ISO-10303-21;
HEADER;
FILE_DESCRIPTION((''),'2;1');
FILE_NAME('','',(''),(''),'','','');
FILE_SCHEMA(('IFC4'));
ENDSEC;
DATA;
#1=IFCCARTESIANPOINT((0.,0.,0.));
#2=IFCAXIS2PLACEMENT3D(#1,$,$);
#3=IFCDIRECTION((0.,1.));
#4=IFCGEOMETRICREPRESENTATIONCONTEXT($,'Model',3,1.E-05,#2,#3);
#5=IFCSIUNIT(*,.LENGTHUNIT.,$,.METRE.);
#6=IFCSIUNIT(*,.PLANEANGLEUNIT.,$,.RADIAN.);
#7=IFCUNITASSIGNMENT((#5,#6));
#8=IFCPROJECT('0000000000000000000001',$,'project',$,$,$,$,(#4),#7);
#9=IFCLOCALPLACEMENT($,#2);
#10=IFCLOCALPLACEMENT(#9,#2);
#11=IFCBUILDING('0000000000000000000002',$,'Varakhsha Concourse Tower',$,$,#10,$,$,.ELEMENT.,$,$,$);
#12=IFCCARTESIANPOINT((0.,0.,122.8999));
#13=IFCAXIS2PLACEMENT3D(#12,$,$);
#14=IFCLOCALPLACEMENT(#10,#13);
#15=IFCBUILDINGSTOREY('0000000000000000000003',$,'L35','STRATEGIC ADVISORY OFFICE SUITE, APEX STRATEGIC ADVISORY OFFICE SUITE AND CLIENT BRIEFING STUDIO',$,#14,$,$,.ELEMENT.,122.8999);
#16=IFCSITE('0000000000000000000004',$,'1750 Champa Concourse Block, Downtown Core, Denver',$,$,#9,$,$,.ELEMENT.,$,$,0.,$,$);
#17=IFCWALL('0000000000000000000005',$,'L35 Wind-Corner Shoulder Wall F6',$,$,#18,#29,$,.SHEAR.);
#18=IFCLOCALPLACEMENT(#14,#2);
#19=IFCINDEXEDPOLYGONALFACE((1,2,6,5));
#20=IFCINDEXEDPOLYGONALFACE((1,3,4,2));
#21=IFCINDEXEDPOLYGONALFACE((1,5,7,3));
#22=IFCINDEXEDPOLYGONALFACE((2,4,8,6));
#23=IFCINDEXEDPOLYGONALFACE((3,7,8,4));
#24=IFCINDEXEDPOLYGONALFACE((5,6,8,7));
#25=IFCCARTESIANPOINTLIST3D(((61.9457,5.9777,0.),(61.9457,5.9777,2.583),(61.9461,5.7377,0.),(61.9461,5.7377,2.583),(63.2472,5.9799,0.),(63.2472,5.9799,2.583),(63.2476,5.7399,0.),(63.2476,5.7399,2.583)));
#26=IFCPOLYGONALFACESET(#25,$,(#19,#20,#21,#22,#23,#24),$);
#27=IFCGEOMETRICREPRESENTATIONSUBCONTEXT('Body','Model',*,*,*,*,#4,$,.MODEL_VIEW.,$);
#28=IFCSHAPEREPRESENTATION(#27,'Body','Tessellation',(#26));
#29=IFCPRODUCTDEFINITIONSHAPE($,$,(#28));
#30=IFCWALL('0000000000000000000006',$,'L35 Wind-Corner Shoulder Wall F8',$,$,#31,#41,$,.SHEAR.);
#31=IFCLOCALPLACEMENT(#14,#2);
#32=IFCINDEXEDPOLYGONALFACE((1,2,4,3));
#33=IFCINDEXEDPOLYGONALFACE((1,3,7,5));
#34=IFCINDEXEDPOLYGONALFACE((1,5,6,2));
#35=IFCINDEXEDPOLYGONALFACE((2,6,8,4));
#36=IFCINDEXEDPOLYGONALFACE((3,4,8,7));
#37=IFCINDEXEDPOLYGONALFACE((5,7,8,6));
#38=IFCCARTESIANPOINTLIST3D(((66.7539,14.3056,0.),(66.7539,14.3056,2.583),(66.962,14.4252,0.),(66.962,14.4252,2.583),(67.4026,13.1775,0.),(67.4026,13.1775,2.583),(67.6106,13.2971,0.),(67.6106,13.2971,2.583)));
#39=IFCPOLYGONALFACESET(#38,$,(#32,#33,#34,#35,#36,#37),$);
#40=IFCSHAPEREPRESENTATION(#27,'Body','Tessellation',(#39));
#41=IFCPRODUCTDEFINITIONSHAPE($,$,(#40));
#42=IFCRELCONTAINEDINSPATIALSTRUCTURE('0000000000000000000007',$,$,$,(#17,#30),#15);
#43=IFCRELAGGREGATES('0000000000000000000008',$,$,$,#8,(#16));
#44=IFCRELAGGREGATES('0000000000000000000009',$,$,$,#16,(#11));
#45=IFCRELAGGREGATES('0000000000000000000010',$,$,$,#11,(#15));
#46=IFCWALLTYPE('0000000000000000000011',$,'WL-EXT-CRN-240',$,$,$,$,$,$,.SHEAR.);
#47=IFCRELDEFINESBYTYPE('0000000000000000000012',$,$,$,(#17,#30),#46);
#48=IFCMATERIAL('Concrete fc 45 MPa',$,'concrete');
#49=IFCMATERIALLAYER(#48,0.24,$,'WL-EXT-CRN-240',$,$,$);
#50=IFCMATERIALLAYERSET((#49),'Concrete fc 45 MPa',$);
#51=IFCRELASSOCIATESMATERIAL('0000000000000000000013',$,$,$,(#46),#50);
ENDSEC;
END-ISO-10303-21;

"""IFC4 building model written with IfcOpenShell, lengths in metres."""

from ifc_helpers import new_model, si_unit, direction, frame, frame_2d, origin, place, context, subcontext, project, spatial, rectangle, extrude, material, layer, layer_set, type_object, element, save


model = new_model("IFC4")

# Units and contexts
model_context = context("Model", 3, precision=1e-05, world=origin(), true_north=direction((0.0, 1.0)))
body_context = subcontext(model_context, "Body", "Model", "MODEL_VIEW")
ifc_project = project(units=[si_unit("LENGTHUNIT", "METRE"), si_unit("PLANEANGLEUNIT", "RADIAN")], contexts=[model_context])

# Site, building, storey
site_placement = place(None, origin())
site = spatial("IfcSite", under=ifc_project, at=site_placement, Name="1750 Champa Concourse Block, Downtown Core, Denver", CompositionType="ELEMENT", RefElevation=0.0)
building_placement = place(site_placement, origin())
building = spatial("IfcBuilding", under=site, at=building_placement, Name="Varakhsha Concourse Tower", CompositionType="ELEMENT")
storey_placement = place(building_placement, frame((0.0, 0.0, 122.8999)))
storey = spatial("IfcBuildingStorey", under=building, at=storey_placement, Name="L35", Description="STRATEGIC ADVISORY OFFICE SUITE, APEX STRATEGIC ADVISORY OFFICE SUITE AND CLIENT BRIEFING STUDIO", CompositionType="ELEMENT", Elevation=122.8999)

# Walls
ifc_material_1 = material(Name="Concrete fc 45 MPa", Category="concrete")
ifc_layer_1 = layer(ifc_material_1, 0.24, Name="WL-EXT-CRN-240")
ifc_layer_set_1 = layer_set([ifc_layer_1], Name="Concrete fc 45 MPa")
wall_type = type_object("IfcWallType", Name="WL-EXT-CRN-240", PredefinedType="SHEAR", material=ifc_layer_set_1)
wall_1_placement = place(storey_placement, frame((61.9458, 5.8577, 0.0), z_axis=(0.0, 0.0, 1.0), x_axis=(0.999999, 0.001688, 0.0)))
element("IfcWall", 1, at=wall_1_placement, inside=storey, type_object=wall_type, Name="L35 Wind-Corner Shoulder Wall F6", PredefinedType="SHEAR", context=body_context, shape_type="SweptSolid", body=[
    extrude(rectangle(XDim=1.3015, YDim=0.24, at=frame_2d((0.6509, 0.0))), origin(), (0.0, 0.0, 1.0), 2.583),
])
wall_2_placement = place(storey_placement, frame((67.5066, 13.2373, 0.0), z_axis=(0.0, 0.0, 1.0), x_axis=(-0.498461, 0.866912, 0.0)))
element("IfcWall", 2, at=wall_2_placement, inside=storey, type_object=wall_type, Name="L35 Wind-Corner Shoulder Wall F8", PredefinedType="SHEAR", context=body_context, shape_type="SweptSolid", body=[
    extrude(rectangle(XDim=1.3013, YDim=0.24, at=frame_2d((0.6506, 0.0))), origin(), (0.0, 0.0, 1.0), 2.583),
])

save(model, "model.ifc")
